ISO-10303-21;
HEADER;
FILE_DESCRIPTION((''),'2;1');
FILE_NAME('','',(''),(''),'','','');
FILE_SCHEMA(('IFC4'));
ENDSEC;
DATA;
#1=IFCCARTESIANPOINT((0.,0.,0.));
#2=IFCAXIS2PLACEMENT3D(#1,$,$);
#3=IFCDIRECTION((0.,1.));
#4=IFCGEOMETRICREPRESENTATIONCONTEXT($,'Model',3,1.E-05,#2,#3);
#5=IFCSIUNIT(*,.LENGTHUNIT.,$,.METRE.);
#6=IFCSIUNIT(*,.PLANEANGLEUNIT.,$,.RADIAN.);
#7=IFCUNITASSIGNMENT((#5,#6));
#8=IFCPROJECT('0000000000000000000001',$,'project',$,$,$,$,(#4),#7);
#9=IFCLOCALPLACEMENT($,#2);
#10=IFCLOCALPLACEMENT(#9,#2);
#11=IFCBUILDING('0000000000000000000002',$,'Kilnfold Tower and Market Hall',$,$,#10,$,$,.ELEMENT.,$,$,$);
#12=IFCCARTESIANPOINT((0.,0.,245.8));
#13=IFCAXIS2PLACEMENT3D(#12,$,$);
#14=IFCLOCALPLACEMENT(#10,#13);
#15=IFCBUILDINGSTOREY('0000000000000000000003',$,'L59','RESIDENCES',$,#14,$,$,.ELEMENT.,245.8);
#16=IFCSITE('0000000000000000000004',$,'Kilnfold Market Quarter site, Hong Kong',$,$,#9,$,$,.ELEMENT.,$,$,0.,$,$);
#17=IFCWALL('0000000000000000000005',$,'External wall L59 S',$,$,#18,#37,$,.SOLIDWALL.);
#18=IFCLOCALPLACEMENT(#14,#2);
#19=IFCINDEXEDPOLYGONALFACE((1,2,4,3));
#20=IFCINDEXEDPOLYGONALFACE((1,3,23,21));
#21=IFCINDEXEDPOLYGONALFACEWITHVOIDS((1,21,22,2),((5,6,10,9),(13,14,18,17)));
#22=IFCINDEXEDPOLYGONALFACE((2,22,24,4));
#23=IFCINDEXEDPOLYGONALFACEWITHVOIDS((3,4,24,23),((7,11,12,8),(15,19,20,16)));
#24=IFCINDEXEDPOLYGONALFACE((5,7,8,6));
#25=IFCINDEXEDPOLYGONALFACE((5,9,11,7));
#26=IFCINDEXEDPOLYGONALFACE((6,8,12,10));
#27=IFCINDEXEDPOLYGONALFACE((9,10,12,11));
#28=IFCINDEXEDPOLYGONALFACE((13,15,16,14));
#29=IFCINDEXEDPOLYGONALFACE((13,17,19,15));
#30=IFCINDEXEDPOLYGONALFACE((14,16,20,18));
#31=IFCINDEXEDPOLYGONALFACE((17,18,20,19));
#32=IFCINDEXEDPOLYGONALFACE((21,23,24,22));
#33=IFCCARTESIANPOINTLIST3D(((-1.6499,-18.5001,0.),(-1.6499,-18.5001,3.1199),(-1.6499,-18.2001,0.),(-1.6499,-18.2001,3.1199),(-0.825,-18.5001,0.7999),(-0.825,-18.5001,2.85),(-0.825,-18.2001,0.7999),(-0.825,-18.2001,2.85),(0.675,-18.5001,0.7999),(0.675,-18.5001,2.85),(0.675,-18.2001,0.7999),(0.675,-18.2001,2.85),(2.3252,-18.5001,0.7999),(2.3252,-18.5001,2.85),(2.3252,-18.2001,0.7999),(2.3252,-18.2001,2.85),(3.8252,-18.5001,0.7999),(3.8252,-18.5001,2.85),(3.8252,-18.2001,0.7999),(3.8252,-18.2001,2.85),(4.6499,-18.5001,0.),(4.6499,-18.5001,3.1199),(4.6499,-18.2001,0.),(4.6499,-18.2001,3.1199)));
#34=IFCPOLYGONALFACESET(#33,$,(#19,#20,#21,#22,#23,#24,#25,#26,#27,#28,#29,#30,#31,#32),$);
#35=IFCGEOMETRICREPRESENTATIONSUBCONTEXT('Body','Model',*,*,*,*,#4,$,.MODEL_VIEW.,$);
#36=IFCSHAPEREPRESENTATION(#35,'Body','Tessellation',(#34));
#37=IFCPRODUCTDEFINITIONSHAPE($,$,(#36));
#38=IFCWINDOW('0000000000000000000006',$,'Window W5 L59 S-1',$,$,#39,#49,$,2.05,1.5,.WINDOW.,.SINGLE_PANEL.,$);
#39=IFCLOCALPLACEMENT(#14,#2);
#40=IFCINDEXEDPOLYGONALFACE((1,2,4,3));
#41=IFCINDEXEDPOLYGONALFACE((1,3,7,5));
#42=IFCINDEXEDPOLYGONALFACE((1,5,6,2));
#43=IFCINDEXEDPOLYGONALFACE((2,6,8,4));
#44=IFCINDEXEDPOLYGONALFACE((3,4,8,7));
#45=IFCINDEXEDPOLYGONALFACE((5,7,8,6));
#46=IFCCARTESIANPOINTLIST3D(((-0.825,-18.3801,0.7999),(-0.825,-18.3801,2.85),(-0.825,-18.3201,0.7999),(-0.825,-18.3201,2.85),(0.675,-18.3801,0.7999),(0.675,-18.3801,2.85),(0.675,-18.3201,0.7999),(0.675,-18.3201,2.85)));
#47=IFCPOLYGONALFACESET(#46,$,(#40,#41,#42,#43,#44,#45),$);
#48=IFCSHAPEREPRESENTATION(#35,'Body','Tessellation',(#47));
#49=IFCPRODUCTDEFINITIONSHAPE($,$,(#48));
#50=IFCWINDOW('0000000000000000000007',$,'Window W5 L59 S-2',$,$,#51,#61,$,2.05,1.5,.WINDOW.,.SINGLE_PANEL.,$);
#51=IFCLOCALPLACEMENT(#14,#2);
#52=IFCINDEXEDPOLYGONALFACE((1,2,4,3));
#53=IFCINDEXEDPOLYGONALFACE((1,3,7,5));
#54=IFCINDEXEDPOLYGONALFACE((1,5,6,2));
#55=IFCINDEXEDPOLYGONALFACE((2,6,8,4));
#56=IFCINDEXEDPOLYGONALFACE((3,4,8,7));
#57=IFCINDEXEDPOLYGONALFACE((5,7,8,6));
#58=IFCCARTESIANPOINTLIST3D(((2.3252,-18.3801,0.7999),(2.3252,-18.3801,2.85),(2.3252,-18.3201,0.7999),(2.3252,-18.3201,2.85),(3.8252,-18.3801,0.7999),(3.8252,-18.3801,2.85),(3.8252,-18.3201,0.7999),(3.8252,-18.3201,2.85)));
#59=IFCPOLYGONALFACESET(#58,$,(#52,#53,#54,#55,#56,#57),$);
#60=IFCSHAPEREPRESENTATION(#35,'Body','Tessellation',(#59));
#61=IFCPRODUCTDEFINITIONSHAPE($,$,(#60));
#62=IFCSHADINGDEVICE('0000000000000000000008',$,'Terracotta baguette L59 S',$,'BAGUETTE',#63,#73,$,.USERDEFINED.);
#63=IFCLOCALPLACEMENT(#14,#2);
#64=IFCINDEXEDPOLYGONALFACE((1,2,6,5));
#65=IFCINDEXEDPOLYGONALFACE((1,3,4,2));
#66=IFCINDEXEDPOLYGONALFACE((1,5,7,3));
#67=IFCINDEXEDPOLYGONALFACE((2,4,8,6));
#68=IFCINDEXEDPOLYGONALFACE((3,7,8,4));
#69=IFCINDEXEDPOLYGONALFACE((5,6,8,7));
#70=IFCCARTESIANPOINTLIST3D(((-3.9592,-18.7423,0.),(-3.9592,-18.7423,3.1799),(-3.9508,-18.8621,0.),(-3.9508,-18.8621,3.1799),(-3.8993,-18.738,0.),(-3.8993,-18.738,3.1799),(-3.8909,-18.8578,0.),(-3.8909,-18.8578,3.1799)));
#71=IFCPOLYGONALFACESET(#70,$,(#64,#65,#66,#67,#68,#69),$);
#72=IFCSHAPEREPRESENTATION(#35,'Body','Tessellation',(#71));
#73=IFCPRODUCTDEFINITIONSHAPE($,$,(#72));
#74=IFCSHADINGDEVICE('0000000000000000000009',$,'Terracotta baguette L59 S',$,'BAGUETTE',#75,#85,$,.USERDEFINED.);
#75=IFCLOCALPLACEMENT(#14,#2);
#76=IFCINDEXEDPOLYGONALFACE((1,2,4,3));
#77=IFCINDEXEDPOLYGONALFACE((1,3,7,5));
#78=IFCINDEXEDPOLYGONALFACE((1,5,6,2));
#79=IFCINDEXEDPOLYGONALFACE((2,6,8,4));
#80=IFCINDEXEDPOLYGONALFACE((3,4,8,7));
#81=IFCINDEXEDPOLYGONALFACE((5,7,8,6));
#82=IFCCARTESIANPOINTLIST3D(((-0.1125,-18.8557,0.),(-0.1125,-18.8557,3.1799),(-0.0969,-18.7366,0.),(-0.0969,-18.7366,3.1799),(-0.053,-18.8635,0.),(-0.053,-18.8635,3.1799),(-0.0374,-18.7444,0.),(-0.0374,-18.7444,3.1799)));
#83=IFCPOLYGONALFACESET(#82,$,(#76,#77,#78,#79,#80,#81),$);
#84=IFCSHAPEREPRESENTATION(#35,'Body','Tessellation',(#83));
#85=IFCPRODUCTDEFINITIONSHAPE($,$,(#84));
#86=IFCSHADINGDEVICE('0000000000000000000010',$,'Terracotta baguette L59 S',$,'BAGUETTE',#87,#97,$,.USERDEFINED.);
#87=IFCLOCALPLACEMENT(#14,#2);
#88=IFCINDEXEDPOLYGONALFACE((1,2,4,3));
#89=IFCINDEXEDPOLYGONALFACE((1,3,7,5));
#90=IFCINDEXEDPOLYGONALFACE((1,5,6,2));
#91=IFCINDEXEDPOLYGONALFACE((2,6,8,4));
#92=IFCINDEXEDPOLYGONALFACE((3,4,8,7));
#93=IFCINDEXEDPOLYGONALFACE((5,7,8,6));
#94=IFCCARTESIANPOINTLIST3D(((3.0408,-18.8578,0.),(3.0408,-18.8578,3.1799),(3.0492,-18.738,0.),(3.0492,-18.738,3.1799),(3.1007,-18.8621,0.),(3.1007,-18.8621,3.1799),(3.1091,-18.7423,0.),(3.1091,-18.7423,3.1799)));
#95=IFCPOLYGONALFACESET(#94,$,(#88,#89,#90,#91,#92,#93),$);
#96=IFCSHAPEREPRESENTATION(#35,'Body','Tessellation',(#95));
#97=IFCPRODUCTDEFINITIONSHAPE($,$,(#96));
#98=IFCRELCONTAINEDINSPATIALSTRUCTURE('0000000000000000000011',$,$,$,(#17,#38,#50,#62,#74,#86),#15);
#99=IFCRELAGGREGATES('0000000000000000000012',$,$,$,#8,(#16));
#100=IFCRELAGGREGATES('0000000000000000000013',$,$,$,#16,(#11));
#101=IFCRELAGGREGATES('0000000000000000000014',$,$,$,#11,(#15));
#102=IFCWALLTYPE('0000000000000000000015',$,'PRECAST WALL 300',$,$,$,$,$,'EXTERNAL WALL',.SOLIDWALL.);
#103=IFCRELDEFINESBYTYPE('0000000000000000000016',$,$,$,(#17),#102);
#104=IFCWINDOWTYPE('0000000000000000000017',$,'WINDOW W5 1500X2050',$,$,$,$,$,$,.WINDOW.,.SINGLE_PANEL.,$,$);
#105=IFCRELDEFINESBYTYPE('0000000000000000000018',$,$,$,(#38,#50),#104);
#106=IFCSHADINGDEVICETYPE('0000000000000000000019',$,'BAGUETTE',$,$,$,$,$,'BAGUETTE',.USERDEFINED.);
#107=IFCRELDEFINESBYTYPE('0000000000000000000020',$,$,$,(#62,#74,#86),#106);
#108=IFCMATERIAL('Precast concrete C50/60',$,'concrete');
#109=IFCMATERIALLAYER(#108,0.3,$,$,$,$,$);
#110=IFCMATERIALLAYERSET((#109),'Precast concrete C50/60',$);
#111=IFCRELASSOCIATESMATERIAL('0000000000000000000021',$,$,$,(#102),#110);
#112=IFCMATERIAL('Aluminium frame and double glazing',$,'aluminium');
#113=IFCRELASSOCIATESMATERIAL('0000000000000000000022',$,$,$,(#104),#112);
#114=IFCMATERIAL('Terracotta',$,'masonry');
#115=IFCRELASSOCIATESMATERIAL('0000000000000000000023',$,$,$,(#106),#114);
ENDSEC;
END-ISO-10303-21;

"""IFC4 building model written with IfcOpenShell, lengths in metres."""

from ifc_helpers import new_model, si_unit, direction, frame, frame_2d, origin, origin_2d, place, context, subcontext, project, spatial, rectangle, extrude, source, transform, mapped, material, layer, layer_set, material_profile, profile_set, type_object, element, fill, save


model = new_model("IFC4")

# Units and contexts
model_context = context("Model", 3, precision=1e-05, world=origin(), true_north=direction((0.0, 1.0)))
body_context = subcontext(model_context, "Body", "Model", "MODEL_VIEW")
ifc_project = project(units=[si_unit("LENGTHUNIT", "METRE"), si_unit("PLANEANGLEUNIT", "RADIAN")], contexts=[model_context])

# Site, building, storey
site_placement = place(None, origin())
site = spatial("IfcSite", under=ifc_project, at=site_placement, Name="Kilnfold Market Quarter site, Hong Kong", CompositionType="ELEMENT", RefElevation=0.0)
building_placement = place(site_placement, origin())
building = spatial("IfcBuilding", under=site, at=building_placement, Name="Kilnfold Tower and Market Hall", CompositionType="ELEMENT")
storey_placement = place(building_placement, frame((0.0, 0.0, 245.8)))
storey = spatial("IfcBuildingStorey", under=building, at=storey_placement, Name="L59", Description="RESIDENCES", CompositionType="ELEMENT", Elevation=245.8)

# Wall, openings, windows
ifc_material_1 = material(Name="Precast concrete C50/60", Category="concrete")
ifc_layer_1 = layer(ifc_material_1, 0.3)
ifc_layer_set_1 = layer_set([ifc_layer_1], Name="Precast concrete C50/60")
wall_type_1 = type_object("IfcWallType", Name="PRECAST WALL 300", ElementType="EXTERNAL WALL", PredefinedType="SOLIDWALL", material=ifc_layer_set_1)
shared_shape_1 = source(origin(), body_context, "Body", "SweptSolid", [
    extrude(rectangle(XDim=6.2998, YDim=0.3, at=frame_2d((3.1499, 0.0))), origin(), (0.0, 0.0, 1.0), 3.1199),
])
wall_1_placement = place(storey_placement, frame((-1.6499, -18.3501, 0.0), z_axis=(0.0, 0.0, 1.0), x_axis=(1.0, 0.0, 0.0)))
wall_1 = element("IfcWall", 1, at=wall_1_placement, inside=storey, type_object=wall_type_1, Name="External wall L59 S", PredefinedType="SOLIDWALL", context=body_context, shape_type="MappedRepresentation", body=[
    mapped(shared_shape_1, transform((0.0, 0.0, 0.0))),
])
opening_1_placement = place(wall_1_placement, frame((0.825, 0.0, 0.8)))
opening_1 = element("IfcOpeningElement", 2, at=opening_1_placement, cuts=wall_1, PredefinedType="OPENING", context=body_context, shape_type="SweptSolid", body=[
    extrude(rectangle(XDim=1.5, YDim=2.05, at=frame_2d((0.75, 1.0249))), frame((0.0, 0.1602, 0.0), z_axis=(0.0, -1.0, 0.0), x_axis=(1.0, 0.0, 0.0)), (0.0, 0.0, 1.0), 0.3201),
])
opening_2_placement = place(wall_1_placement, frame((3.9751, 0.0, 0.8)))
opening_2 = element("IfcOpeningElement", 3, at=opening_2_placement, cuts=wall_1, PredefinedType="OPENING", context=body_context, shape_type="SweptSolid", body=[
    extrude(rectangle(XDim=1.5, YDim=2.05, at=frame_2d((0.75, 1.0249))), frame((0.0, 0.1602, 0.0), z_axis=(0.0, -1.0, 0.0), x_axis=(1.0, 0.0, 0.0)), (0.0, 0.0, 1.0), 0.3201),
])
ifc_material_2 = material(Name="Aluminium frame and double glazing", Category="aluminium")
window_type = type_object("IfcWindowType", Name="WINDOW W5 1500X2050", PartitioningType="SINGLE_PANEL", PredefinedType="WINDOW", material=ifc_material_2)
window_1_placement = place(opening_1_placement, origin())
window_1 = element("IfcWindow", 4, at=window_1_placement, inside=storey, type_object=window_type, Name="Window W5 L59 S-1", OverallHeight=2.05, OverallWidth=1.5, PartitioningType="SINGLE_PANEL", PredefinedType="WINDOW", context=body_context, shape_type="SweptSolid", body=[
    extrude(rectangle(XDim=1.5, YDim=2.05, at=frame_2d((0.75, 1.0249))), frame((0.0, 0.03, 0.0), z_axis=(0.0, -1.0, 0.0), x_axis=(1.0, 0.0, 0.0)), (0.0, 0.0, 1.0), 0.0601),
])
fill(opening_1, window_1)
window_2_placement = place(opening_2_placement, origin())
window_2 = element("IfcWindow", 5, at=window_2_placement, inside=storey, type_object=window_type, Name="Window W5 L59 S-2", OverallHeight=2.05, OverallWidth=1.5, PartitioningType="SINGLE_PANEL", PredefinedType="WINDOW", context=body_context, shape_type="SweptSolid", body=[
    extrude(rectangle(XDim=1.5, YDim=2.05, at=frame_2d((0.75, 1.0249))), frame((0.0, 0.03, 0.0), z_axis=(0.0, -1.0, 0.0), x_axis=(1.0, 0.0, 0.0)), (0.0, 0.0, 1.0), 0.0601),
])
fill(opening_2, window_2)

# Shading devices
ifc_material_3 = material(Name="Terracotta", Category="masonry")
ifc_material_profile_1 = material_profile(ifc_material_3, rectangle(XDim=0.0601, YDim=0.1201, at=origin_2d()), Name="BAG 60x120")
ifc_profile_set_1 = profile_set([ifc_material_profile_1], Name="Terracotta")
shading_device_type = type_object("IfcShadingDeviceType", Name="BAGUETTE", ElementType="BAGUETTE", PredefinedType="USERDEFINED", material=ifc_profile_set_1)
shared_shape_2 = source(origin(), body_context, "Body", "SweptSolid", [
    extrude(rectangle(XDim=0.0601, YDim=0.1201, at=origin_2d()), origin(), (0.0, 0.0, 1.0), 3.1799),
])
for number, where, z_axis, x_axis, name in (
    (6, (-3.925, -18.8, 0.0), (0.0, 0.0, 1.0), (0.997502, 0.070639, 0.0), "Terracotta baguette L59 S"),
    (7, (-0.075, -18.8, 0.0), (0.0, 0.0, 1.0), (0.991564, -0.129616, 0.0), "Terracotta baguette L59 S"),
    (8, (3.075, -18.8, 0.0), (0.0, 0.0, 1.0), (0.997502, -0.070639, 0.0), "Terracotta baguette L59 S"),
):
    element("IfcShadingDevice", number, at=place(storey_placement, frame(where, z_axis=z_axis, x_axis=x_axis)), inside=storey, type_object=shading_device_type, Name=name, ObjectType="BAGUETTE", PredefinedType="USERDEFINED", context=body_context, shape_type="MappedRepresentation", body=[
        mapped(shared_shape_2, transform((0.0, 0.0, 0.0))),
    ])

save(model, "model.ifc")
